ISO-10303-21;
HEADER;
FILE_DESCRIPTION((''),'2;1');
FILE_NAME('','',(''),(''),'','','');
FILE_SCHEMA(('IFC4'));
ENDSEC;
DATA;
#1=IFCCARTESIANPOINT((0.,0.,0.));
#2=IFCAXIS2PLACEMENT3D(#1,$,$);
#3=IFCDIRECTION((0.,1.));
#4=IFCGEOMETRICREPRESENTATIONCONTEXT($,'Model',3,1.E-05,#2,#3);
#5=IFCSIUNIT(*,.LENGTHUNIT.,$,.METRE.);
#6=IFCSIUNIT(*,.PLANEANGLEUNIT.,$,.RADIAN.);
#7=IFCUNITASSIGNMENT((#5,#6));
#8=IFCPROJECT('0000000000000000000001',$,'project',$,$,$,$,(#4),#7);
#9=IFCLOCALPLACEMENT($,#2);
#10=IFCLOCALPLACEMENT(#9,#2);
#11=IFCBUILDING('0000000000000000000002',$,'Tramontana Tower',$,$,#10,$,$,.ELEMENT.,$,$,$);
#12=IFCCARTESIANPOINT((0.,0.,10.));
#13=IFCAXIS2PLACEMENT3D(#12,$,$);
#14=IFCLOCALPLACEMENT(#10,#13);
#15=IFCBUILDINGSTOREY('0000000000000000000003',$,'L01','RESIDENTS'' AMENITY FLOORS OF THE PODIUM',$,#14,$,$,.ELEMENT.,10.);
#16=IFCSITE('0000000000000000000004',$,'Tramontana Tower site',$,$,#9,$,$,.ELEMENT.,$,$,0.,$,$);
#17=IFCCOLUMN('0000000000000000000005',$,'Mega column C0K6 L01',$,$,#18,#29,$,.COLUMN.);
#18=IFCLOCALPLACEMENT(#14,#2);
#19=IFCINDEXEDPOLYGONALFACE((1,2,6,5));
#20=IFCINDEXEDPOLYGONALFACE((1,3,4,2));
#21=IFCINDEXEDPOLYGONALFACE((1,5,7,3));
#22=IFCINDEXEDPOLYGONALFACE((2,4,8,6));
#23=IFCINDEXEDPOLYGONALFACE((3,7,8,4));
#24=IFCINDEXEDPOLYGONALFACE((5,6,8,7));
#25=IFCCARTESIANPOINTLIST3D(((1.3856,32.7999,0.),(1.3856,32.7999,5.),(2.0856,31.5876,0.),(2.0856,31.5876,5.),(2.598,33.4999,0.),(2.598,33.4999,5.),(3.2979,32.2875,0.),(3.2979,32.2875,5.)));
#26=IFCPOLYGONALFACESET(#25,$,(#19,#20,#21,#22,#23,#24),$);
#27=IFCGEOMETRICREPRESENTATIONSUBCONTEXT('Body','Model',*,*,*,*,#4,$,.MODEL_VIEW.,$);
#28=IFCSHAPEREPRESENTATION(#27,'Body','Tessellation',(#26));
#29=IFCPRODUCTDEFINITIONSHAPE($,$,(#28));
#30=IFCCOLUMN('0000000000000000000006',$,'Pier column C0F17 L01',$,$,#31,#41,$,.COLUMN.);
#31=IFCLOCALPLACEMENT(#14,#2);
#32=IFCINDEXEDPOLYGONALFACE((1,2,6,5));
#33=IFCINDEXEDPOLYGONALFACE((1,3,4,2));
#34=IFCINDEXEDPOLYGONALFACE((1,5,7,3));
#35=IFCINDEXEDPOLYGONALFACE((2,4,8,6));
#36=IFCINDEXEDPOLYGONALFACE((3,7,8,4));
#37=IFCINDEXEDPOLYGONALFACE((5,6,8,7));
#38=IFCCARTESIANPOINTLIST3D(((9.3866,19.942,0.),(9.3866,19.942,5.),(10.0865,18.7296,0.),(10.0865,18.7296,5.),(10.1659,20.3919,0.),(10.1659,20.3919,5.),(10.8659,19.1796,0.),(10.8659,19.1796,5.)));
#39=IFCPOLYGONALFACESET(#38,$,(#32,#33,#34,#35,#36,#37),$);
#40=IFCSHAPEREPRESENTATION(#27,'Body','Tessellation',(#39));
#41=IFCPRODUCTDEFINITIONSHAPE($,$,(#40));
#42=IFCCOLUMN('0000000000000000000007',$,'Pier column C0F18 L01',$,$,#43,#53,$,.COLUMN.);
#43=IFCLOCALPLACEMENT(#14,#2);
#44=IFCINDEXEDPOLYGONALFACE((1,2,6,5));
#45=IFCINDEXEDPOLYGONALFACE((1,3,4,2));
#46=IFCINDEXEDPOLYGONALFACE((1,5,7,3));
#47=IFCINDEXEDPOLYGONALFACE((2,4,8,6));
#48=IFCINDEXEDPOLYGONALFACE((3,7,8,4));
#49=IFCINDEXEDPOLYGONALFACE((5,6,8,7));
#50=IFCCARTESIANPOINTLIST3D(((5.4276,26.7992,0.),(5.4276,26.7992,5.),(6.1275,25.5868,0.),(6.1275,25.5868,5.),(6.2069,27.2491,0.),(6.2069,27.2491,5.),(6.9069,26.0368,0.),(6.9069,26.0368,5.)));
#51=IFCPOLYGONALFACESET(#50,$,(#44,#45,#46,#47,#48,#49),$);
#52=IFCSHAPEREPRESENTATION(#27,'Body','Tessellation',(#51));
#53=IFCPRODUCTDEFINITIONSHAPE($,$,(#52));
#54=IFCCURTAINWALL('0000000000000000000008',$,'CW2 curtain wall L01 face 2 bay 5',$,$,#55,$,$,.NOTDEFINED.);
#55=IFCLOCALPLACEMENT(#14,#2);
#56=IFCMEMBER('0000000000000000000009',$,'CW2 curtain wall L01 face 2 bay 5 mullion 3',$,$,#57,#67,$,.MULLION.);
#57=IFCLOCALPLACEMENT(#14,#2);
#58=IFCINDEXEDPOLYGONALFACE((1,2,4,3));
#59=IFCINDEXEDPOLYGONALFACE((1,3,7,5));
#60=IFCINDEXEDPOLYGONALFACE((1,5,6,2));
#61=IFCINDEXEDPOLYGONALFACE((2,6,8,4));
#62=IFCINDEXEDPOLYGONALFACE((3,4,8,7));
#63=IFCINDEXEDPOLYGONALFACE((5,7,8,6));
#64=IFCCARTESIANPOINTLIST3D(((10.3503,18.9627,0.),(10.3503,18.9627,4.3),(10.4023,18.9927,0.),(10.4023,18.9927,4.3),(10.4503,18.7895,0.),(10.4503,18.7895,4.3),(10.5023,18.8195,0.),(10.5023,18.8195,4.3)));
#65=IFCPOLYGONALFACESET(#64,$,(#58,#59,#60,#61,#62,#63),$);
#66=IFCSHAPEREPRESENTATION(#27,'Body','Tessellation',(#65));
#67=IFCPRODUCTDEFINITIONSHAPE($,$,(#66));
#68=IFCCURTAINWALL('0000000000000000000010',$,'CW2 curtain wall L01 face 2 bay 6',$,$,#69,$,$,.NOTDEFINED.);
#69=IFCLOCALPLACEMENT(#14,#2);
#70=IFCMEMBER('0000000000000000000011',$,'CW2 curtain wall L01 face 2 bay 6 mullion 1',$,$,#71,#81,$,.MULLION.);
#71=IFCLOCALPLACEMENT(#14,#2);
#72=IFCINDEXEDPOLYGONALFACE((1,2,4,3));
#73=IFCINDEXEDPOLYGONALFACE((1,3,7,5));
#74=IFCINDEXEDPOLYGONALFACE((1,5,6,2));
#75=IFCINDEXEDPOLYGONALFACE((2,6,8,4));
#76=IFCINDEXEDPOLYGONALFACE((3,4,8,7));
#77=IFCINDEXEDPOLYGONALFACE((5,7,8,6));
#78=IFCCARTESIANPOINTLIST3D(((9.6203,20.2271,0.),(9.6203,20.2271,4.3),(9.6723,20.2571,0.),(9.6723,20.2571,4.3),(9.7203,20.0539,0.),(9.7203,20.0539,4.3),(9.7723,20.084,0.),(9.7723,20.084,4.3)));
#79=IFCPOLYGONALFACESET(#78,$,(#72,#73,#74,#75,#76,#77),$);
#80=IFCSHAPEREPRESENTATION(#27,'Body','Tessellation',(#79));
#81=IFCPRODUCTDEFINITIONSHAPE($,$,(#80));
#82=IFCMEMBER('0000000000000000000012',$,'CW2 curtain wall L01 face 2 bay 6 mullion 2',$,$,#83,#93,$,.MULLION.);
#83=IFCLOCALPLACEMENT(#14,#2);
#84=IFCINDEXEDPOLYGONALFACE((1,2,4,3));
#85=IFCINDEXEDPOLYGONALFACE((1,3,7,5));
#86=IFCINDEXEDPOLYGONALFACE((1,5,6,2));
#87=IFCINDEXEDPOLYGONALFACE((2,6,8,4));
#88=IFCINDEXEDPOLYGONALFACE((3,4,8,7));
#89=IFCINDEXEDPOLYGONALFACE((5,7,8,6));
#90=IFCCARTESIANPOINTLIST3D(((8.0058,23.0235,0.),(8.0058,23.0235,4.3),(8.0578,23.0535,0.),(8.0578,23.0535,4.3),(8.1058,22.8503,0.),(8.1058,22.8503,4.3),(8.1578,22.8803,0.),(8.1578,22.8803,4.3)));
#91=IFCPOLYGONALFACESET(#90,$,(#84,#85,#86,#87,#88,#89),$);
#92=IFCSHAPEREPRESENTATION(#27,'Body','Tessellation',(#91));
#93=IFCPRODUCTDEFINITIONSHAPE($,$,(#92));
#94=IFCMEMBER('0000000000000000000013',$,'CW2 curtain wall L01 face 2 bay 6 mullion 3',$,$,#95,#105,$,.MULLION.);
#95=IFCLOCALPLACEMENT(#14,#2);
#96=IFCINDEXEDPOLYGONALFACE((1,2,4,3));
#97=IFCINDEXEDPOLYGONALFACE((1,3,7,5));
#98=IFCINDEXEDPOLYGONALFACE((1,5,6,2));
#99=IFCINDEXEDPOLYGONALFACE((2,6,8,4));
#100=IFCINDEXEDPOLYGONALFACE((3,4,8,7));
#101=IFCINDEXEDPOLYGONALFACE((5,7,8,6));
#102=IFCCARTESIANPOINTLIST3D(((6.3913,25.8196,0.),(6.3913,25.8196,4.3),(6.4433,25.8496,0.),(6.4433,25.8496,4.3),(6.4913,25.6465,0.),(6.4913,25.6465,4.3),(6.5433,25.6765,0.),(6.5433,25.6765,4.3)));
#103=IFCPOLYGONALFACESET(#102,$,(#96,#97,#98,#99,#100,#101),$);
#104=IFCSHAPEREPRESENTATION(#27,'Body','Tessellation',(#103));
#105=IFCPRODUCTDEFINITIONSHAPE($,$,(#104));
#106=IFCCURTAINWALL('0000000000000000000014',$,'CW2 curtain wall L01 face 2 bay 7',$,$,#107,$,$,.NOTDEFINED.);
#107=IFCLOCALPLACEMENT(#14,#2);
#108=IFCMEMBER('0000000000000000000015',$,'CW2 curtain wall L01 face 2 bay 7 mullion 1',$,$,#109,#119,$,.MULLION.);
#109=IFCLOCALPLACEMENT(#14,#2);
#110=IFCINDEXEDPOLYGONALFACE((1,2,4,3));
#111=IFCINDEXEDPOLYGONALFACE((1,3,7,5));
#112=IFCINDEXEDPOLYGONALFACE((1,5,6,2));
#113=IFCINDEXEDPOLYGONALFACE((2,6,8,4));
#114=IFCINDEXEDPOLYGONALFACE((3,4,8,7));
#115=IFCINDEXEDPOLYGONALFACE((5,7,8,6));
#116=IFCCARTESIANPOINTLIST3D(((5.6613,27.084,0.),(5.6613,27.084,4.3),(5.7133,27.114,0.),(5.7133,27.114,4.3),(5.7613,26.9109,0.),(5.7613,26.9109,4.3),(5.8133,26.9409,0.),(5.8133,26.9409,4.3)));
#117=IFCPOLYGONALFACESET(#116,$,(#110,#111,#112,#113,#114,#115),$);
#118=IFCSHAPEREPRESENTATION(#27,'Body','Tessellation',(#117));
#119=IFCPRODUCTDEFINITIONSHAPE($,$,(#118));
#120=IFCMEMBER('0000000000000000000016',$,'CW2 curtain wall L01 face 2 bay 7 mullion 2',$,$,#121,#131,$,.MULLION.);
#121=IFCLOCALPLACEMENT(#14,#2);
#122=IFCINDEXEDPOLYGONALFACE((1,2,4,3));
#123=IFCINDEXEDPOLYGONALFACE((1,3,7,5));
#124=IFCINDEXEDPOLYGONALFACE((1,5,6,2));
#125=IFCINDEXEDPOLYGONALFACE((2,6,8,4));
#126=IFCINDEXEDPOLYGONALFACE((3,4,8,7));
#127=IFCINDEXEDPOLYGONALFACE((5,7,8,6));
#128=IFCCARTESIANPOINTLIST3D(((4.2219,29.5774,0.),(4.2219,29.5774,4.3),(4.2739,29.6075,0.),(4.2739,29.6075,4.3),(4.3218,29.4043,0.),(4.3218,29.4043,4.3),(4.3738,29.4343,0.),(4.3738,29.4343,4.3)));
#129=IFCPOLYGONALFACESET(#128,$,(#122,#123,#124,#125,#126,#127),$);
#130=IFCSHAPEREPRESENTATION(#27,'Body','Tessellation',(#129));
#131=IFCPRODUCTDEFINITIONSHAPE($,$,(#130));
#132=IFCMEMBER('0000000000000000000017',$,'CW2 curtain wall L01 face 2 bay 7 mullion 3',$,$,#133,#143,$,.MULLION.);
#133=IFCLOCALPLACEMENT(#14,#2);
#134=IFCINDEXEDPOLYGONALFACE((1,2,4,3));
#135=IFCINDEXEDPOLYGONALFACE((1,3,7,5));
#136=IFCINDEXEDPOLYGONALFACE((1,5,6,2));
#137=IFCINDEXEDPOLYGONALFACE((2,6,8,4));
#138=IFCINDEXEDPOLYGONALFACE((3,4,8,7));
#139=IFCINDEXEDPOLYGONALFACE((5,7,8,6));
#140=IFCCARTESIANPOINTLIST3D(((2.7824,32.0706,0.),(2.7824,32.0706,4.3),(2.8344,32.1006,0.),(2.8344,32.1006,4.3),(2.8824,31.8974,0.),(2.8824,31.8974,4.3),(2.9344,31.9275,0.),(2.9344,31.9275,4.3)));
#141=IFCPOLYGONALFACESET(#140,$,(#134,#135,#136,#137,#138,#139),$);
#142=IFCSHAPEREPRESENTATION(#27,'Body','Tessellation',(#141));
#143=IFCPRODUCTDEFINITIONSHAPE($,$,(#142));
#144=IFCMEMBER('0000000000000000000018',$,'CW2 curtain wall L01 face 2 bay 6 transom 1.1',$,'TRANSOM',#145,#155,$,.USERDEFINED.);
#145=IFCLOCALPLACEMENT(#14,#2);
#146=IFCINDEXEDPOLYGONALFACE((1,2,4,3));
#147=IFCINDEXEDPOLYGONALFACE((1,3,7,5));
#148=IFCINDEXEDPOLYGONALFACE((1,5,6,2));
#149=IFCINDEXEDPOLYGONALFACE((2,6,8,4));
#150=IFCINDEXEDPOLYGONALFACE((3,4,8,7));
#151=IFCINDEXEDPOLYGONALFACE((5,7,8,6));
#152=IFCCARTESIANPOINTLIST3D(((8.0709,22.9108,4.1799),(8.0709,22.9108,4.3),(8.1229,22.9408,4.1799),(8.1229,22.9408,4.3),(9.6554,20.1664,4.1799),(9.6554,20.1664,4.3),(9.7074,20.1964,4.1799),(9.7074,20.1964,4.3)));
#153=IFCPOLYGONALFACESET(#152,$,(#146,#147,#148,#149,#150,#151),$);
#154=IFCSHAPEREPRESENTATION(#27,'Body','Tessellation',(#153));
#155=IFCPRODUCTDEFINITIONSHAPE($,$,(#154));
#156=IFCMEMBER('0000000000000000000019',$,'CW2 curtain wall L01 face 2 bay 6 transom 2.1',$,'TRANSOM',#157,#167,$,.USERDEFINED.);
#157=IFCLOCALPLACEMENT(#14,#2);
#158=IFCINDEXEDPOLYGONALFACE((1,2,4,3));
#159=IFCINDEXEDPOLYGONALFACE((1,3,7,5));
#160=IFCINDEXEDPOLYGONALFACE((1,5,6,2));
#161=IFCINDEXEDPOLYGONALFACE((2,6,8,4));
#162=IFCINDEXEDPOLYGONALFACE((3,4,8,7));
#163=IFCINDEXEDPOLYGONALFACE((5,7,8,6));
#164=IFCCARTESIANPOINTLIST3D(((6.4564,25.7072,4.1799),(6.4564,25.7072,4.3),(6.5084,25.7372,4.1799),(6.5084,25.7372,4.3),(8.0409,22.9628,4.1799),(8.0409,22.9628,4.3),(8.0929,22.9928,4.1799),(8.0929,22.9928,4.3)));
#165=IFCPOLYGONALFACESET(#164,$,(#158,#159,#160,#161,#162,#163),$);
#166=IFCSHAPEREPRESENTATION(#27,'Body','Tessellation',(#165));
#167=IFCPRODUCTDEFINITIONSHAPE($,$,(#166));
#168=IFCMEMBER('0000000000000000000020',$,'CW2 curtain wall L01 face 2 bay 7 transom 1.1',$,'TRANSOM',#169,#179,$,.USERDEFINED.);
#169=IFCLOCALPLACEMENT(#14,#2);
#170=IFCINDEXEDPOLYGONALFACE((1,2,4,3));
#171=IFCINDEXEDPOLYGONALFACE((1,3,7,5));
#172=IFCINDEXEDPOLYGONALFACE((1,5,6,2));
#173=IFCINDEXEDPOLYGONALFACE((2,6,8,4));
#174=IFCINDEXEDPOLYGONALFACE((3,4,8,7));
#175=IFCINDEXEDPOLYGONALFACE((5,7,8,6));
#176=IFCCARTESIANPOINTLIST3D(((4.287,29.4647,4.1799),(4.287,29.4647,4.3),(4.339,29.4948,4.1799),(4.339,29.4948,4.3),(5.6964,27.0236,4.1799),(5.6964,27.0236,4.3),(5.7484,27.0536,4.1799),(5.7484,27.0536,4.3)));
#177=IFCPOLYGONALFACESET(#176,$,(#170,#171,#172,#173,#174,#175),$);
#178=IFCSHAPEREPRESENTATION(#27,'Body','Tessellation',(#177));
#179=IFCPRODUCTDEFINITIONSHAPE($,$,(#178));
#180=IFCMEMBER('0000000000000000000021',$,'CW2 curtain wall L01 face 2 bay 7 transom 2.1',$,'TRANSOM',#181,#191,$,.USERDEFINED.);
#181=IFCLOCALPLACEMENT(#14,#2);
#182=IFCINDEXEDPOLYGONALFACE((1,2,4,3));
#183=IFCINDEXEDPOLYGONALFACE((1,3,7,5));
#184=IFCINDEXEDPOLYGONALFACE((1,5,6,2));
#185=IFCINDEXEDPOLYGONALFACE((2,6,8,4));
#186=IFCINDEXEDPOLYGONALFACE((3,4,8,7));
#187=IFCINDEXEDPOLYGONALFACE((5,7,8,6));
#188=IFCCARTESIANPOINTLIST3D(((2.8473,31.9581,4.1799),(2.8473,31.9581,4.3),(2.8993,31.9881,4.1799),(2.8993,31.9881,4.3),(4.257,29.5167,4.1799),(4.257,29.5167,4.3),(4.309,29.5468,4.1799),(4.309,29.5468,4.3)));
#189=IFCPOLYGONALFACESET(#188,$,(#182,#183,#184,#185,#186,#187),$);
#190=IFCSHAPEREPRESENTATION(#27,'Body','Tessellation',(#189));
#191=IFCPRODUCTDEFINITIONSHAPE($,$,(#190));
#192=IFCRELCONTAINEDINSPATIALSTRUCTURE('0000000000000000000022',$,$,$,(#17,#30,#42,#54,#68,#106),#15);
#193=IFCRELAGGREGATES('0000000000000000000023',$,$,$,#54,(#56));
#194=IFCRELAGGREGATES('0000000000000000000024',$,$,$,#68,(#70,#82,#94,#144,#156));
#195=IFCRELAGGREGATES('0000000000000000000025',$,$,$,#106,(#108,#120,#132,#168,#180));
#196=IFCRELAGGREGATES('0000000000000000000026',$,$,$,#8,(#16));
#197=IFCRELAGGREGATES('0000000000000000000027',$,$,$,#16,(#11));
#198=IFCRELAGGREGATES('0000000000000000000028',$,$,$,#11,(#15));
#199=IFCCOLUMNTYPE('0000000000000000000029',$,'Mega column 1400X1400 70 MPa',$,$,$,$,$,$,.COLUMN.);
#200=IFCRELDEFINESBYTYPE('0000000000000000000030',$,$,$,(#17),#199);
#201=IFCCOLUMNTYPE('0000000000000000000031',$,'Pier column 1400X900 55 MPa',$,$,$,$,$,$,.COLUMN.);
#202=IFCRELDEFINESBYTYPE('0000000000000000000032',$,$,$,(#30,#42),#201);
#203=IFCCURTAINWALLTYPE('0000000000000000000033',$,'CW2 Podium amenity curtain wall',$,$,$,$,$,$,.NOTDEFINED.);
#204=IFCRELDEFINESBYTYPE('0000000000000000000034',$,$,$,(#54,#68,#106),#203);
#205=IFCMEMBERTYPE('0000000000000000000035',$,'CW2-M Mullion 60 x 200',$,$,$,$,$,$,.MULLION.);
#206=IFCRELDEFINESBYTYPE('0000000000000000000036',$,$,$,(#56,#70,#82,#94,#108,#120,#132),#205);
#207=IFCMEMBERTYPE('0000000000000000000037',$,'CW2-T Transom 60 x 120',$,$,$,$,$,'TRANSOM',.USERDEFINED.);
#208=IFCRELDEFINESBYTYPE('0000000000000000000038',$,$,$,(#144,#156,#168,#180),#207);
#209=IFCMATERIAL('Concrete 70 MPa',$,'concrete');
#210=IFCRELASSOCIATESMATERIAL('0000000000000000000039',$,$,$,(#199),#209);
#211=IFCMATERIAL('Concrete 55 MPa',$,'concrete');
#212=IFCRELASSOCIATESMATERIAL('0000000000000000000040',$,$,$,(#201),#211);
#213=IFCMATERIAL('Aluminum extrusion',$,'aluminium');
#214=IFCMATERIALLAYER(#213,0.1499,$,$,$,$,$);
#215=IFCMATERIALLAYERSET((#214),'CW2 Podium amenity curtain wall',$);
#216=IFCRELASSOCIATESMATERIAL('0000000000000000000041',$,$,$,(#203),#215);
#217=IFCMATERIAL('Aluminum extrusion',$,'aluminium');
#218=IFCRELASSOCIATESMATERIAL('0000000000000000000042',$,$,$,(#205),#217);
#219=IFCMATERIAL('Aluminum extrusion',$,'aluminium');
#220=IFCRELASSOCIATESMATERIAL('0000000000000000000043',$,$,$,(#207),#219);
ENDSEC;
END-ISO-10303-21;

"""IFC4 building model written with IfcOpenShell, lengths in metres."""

from ifc_helpers import new_model, si_unit, direction, frame, origin, origin_2d, place, context, subcontext, project, spatial, rectangle, extrude, material, layer, layer_set, material_profile, profile_set, type_object, element, aggregate, save


model = new_model("IFC4")

# Units and contexts
model_context = context("Model", 3, precision=1e-05, world=origin(), true_north=direction((0.0, 1.0)))
body_context = subcontext(model_context, "Body", "Model", "MODEL_VIEW")
ifc_project = project(units=[si_unit("LENGTHUNIT", "METRE"), si_unit("PLANEANGLEUNIT", "RADIAN")], contexts=[model_context])

# Site, building, storey
site_placement = place(None, origin())
site = spatial("IfcSite", under=ifc_project, at=site_placement, Name="Tramontana Tower site", CompositionType="ELEMENT", RefElevation=0.0)
building_placement = place(site_placement, origin())
building = spatial("IfcBuilding", under=site, at=building_placement, Name="Tramontana Tower", CompositionType="ELEMENT")
storey_placement = place(building_placement, frame((0.0, 0.0, 10.0)))
storey = spatial("IfcBuildingStorey", under=building, at=storey_placement, Name="L01", Description="RESIDENTS' AMENITY FLOORS OF THE PODIUM", CompositionType="ELEMENT", Elevation=10.0)

# Columns
ifc_material_1 = material(Name="Concrete 70 MPa", Category="concrete")
ifc_material_profile_1 = material_profile(ifc_material_1, rectangle(XDim=1.3999, YDim=1.3999, at=origin_2d()), Name="Mega column 1400X1400 70 MPa")
ifc_profile_set_1 = profile_set([ifc_material_profile_1], Name="Concrete 70 MPa")
column_type_1 = type_object("IfcColumnType", Name="Mega column 1400X1400 70 MPa", PredefinedType="COLUMN", material=ifc_profile_set_1)
column_placement = place(storey_placement, frame((2.3418, 32.5437, 0.0), z_axis=(0.0, 0.0, 1.0), x_axis=(-0.5, 0.866025, 0.0)))
element("IfcColumn", 1, at=column_placement, inside=storey, type_object=column_type_1, Name="Mega column C0K6 L01", PredefinedType="COLUMN", context=body_context, shape_type="SweptSolid", body=[
    extrude(rectangle(XDim=1.3999, YDim=1.3999, at=origin_2d()), origin(), (0.0, 0.0, 1.0), 5.0),
])
ifc_material_2 = material(Name="Concrete 55 MPa", Category="concrete")
ifc_material_profile_2 = material_profile(ifc_material_2, rectangle(XDim=1.3999, YDim=0.8999, at=origin_2d()), Name="Pier column 1400X900 55 MPa")
ifc_profile_set_2 = profile_set([ifc_material_profile_2], Name="Concrete 55 MPa")
column_type_2 = type_object("IfcColumnType", Name="Pier column 1400X900 55 MPa", PredefinedType="COLUMN", material=ifc_profile_set_2)
for number, where, z_axis, x_axis, name in (
    (2, (10.1262, 19.5608, 0.0), (0.0, 0.0, 1.0), (-0.5, 0.866025, 0.0), "Pier column C0F17 L01"),
    (3, (6.1672, 26.418, 0.0), (0.0, 0.0, 1.0), (-0.5, 0.866025, 0.0), "Pier column C0F18 L01"),
):
    element("IfcColumn", number, at=place(storey_placement, frame(where, z_axis=z_axis, x_axis=x_axis)), inside=storey, type_object=column_type_2, Name=name, PredefinedType="COLUMN", context=body_context, shape_type="SweptSolid", body=[
        extrude(rectangle(XDim=1.3999, YDim=0.8999, at=origin_2d()), origin(), (0.0, 0.0, 1.0), 5.0),
    ])

# Curtain wall, member
ifc_material_3 = material(Name="Aluminum extrusion", Category="aluminium")
ifc_layer_1 = layer(ifc_material_3, 0.1499)
ifc_layer_set_1 = layer_set([ifc_layer_1], Name="CW2 Podium amenity curtain wall")
curtain_wall_type = type_object("IfcCurtainWallType", Name="CW2 Podium amenity curtain wall", PredefinedType="NOTDEFINED", material=ifc_layer_set_1)
curtain_wall_1_placement = place(storey_placement, origin())
curtain_wall_1 = element("IfcCurtainWall", 4, at=curtain_wall_1_placement, inside=storey, type_object=curtain_wall_type, Name="CW2 curtain wall L01 face 2 bay 5", PredefinedType="NOTDEFINED")
ifc_material_4 = material(Name="Aluminum extrusion", Category="aluminium")
ifc_material_profile_3 = material_profile(ifc_material_4, rectangle(XDim=0.0601, YDim=0.2, at=origin_2d()), Name="CW2-M Mullion 60 x 200")
ifc_profile_set_3 = profile_set([ifc_material_profile_3], Name="Aluminum extrusion")
member_type_1 = type_object("IfcMemberType", Name="CW2-M Mullion 60 x 200", PredefinedType="MULLION", material=ifc_profile_set_3)
member_1_placement = place(storey_placement, frame((10.4263, 18.8911, 0.0), z_axis=(0.0, 0.0, 1.0), x_axis=(-0.866025, -0.5, 0.0)))
member_1 = element("IfcMember", 5, at=member_1_placement, type_object=member_type_1, Name="CW2 curtain wall L01 face 2 bay 5 mullion 3", PredefinedType="MULLION", context=body_context, shape_type="SweptSolid", body=[
    extrude(rectangle(XDim=0.0601, YDim=0.2, at=origin_2d()), origin(), (0.0, 0.0, 1.0), 4.3),
])

# Curtain walls, members
curtain_wall_2_placement = place(storey_placement, origin())
curtain_wall_2 = element("IfcCurtainWall", 6, at=curtain_wall_2_placement, inside=storey, type_object=curtain_wall_type, Name="CW2 curtain wall L01 face 2 bay 6", PredefinedType="NOTDEFINED")
member_2_placement = place(storey_placement, frame((9.6963, 20.1555, 0.0), z_axis=(0.0, 0.0, 1.0), x_axis=(-0.866025, -0.5, 0.0)))
member_2 = element("IfcMember", 7, at=member_2_placement, type_object=member_type_1, Name="CW2 curtain wall L01 face 2 bay 6 mullion 1", PredefinedType="MULLION", context=body_context, shape_type="SweptSolid", body=[
    extrude(rectangle(XDim=0.0601, YDim=0.2, at=origin_2d()), origin(), (0.0, 0.0, 1.0), 4.3),
])
member_3_placement = place(storey_placement, frame((8.0818, 22.9519, 0.0), z_axis=(0.0, 0.0, 1.0), x_axis=(-0.866025, -0.5, 0.0)))
member_3 = element("IfcMember", 8, at=member_3_placement, type_object=member_type_1, Name="CW2 curtain wall L01 face 2 bay 6 mullion 2", PredefinedType="MULLION", context=body_context, shape_type="SweptSolid", body=[
    extrude(rectangle(XDim=0.0601, YDim=0.2, at=origin_2d()), origin(), (0.0, 0.0, 1.0), 4.3),
])
member_4_placement = place(storey_placement, frame((6.4673, 25.748, 0.0), z_axis=(0.0, 0.0, 1.0), x_axis=(-0.866025, -0.5, 0.0)))
member_4 = element("IfcMember", 9, at=member_4_placement, type_object=member_type_1, Name="CW2 curtain wall L01 face 2 bay 6 mullion 3", PredefinedType="MULLION", context=body_context, shape_type="SweptSolid", body=[
    extrude(rectangle(XDim=0.0601, YDim=0.2, at=origin_2d()), origin(), (0.0, 0.0, 1.0), 4.3),
])
curtain_wall_3_placement = place(storey_placement, origin())
curtain_wall_3 = element("IfcCurtainWall", 10, at=curtain_wall_3_placement, inside=storey, type_object=curtain_wall_type, Name="CW2 curtain wall L01 face 2 bay 7", PredefinedType="NOTDEFINED")
member_5_placement = place(storey_placement, frame((5.7373, 27.0125, 0.0), z_axis=(0.0, 0.0, 1.0), x_axis=(-0.866025, -0.5, 0.0)))
member_5 = element("IfcMember", 11, at=member_5_placement, type_object=member_type_1, Name="CW2 curtain wall L01 face 2 bay 7 mullion 1", PredefinedType="MULLION", context=body_context, shape_type="SweptSolid", body=[
    extrude(rectangle(XDim=0.0601, YDim=0.2, at=origin_2d()), origin(), (0.0, 0.0, 1.0), 4.3),
])
member_6_placement = place(storey_placement, frame((4.2979, 29.5059, 0.0), z_axis=(0.0, 0.0, 1.0), x_axis=(-0.866025, -0.5, 0.0)))
member_6 = element("IfcMember", 12, at=member_6_placement, type_object=member_type_1, Name="CW2 curtain wall L01 face 2 bay 7 mullion 2", PredefinedType="MULLION", context=body_context, shape_type="SweptSolid", body=[
    extrude(rectangle(XDim=0.0601, YDim=0.2, at=origin_2d()), origin(), (0.0, 0.0, 1.0), 4.3),
])
member_7_placement = place(storey_placement, frame((2.8584, 31.999, 0.0), z_axis=(0.0, 0.0, 1.0), x_axis=(-0.866025, -0.5, 0.0)))
member_7 = element("IfcMember", 13, at=member_7_placement, type_object=member_type_1, Name="CW2 curtain wall L01 face 2 bay 7 mullion 3", PredefinedType="MULLION", context=body_context, shape_type="SweptSolid", body=[
    extrude(rectangle(XDim=0.0601, YDim=0.2, at=origin_2d()), origin(), (0.0, 0.0, 1.0), 4.3),
])

# Members
ifc_material_5 = material(Name="Aluminum extrusion", Category="aluminium")
ifc_material_profile_4 = material_profile(ifc_material_5, rectangle(XDim=0.0601, YDim=0.1201, at=origin_2d()), Name="CW2-T Transom 60 x 120")
ifc_profile_set_4 = profile_set([ifc_material_profile_4], Name="Aluminum extrusion")
member_type_2 = type_object("IfcMemberType", Name="CW2-T Transom 60 x 120", ElementType="TRANSOM", PredefinedType="USERDEFINED", material=ifc_profile_set_4)
member_8_placement = place(storey_placement, frame((9.6814, 20.1814, 4.24), z_axis=(-0.5, 0.866025, 0.0), x_axis=(-0.866025, -0.5, 0.0)))
member_8 = element("IfcMember", 14, at=member_8_placement, type_object=member_type_2, Name="CW2 curtain wall L01 face 2 bay 6 transom 1.1", ObjectType="TRANSOM", PredefinedType="USERDEFINED", context=body_context, shape_type="SweptSolid", body=[
    extrude(rectangle(XDim=0.0601, YDim=0.1201, at=origin_2d()), origin(), (0.0, 0.0, 1.0), 3.1689),
])
member_9_placement = place(storey_placement, frame((8.0669, 22.9778, 4.24), z_axis=(-0.5, 0.866025, 0.0), x_axis=(-0.866025, -0.5, 0.0)))
member_9 = element("IfcMember", 15, at=member_9_placement, type_object=member_type_2, Name="CW2 curtain wall L01 face 2 bay 6 transom 2.1", ObjectType="TRANSOM", PredefinedType="USERDEFINED", context=body_context, shape_type="SweptSolid", body=[
    extrude(rectangle(XDim=0.0601, YDim=0.1201, at=origin_2d()), origin(), (0.0, 0.0, 1.0), 3.1689),
])
member_10_placement = place(storey_placement, frame((5.7224, 27.0386, 4.24), z_axis=(-0.500005, 0.866023, 0.0), x_axis=(-0.866023, -0.500005, 0.0)))
member_10 = element("IfcMember", 16, at=member_10_placement, type_object=member_type_2, Name="CW2 curtain wall L01 face 2 bay 7 transom 1.1", ObjectType="TRANSOM", PredefinedType="USERDEFINED", context=body_context, shape_type="SweptSolid", body=[
    extrude(rectangle(XDim=0.0601, YDim=0.1201, at=origin_2d()), origin(), (0.0, 0.0, 1.0), 2.8188),
])
member_11_placement = place(storey_placement, frame((4.283, 29.5317, 4.24), z_axis=(-0.500032, 0.866007, 0.0), x_axis=(-0.866007, -0.500032, 0.0)))
member_11 = element("IfcMember", 17, at=member_11_placement, type_object=member_type_2, Name="CW2 curtain wall L01 face 2 bay 7 transom 2.1", ObjectType="TRANSOM", PredefinedType="USERDEFINED", context=body_context, shape_type="SweptSolid", body=[
    extrude(rectangle(XDim=0.0601, YDim=0.1201, at=origin_2d()), origin(), (0.0, 0.0, 1.0), 2.8191),
])

aggregate(curtain_wall_1, [member_1])
aggregate(curtain_wall_2, [member_2, member_3, member_4, member_8, member_9])
aggregate(curtain_wall_3, [member_5, member_6, member_7, member_10, member_11])

save(model, "model.ifc")
